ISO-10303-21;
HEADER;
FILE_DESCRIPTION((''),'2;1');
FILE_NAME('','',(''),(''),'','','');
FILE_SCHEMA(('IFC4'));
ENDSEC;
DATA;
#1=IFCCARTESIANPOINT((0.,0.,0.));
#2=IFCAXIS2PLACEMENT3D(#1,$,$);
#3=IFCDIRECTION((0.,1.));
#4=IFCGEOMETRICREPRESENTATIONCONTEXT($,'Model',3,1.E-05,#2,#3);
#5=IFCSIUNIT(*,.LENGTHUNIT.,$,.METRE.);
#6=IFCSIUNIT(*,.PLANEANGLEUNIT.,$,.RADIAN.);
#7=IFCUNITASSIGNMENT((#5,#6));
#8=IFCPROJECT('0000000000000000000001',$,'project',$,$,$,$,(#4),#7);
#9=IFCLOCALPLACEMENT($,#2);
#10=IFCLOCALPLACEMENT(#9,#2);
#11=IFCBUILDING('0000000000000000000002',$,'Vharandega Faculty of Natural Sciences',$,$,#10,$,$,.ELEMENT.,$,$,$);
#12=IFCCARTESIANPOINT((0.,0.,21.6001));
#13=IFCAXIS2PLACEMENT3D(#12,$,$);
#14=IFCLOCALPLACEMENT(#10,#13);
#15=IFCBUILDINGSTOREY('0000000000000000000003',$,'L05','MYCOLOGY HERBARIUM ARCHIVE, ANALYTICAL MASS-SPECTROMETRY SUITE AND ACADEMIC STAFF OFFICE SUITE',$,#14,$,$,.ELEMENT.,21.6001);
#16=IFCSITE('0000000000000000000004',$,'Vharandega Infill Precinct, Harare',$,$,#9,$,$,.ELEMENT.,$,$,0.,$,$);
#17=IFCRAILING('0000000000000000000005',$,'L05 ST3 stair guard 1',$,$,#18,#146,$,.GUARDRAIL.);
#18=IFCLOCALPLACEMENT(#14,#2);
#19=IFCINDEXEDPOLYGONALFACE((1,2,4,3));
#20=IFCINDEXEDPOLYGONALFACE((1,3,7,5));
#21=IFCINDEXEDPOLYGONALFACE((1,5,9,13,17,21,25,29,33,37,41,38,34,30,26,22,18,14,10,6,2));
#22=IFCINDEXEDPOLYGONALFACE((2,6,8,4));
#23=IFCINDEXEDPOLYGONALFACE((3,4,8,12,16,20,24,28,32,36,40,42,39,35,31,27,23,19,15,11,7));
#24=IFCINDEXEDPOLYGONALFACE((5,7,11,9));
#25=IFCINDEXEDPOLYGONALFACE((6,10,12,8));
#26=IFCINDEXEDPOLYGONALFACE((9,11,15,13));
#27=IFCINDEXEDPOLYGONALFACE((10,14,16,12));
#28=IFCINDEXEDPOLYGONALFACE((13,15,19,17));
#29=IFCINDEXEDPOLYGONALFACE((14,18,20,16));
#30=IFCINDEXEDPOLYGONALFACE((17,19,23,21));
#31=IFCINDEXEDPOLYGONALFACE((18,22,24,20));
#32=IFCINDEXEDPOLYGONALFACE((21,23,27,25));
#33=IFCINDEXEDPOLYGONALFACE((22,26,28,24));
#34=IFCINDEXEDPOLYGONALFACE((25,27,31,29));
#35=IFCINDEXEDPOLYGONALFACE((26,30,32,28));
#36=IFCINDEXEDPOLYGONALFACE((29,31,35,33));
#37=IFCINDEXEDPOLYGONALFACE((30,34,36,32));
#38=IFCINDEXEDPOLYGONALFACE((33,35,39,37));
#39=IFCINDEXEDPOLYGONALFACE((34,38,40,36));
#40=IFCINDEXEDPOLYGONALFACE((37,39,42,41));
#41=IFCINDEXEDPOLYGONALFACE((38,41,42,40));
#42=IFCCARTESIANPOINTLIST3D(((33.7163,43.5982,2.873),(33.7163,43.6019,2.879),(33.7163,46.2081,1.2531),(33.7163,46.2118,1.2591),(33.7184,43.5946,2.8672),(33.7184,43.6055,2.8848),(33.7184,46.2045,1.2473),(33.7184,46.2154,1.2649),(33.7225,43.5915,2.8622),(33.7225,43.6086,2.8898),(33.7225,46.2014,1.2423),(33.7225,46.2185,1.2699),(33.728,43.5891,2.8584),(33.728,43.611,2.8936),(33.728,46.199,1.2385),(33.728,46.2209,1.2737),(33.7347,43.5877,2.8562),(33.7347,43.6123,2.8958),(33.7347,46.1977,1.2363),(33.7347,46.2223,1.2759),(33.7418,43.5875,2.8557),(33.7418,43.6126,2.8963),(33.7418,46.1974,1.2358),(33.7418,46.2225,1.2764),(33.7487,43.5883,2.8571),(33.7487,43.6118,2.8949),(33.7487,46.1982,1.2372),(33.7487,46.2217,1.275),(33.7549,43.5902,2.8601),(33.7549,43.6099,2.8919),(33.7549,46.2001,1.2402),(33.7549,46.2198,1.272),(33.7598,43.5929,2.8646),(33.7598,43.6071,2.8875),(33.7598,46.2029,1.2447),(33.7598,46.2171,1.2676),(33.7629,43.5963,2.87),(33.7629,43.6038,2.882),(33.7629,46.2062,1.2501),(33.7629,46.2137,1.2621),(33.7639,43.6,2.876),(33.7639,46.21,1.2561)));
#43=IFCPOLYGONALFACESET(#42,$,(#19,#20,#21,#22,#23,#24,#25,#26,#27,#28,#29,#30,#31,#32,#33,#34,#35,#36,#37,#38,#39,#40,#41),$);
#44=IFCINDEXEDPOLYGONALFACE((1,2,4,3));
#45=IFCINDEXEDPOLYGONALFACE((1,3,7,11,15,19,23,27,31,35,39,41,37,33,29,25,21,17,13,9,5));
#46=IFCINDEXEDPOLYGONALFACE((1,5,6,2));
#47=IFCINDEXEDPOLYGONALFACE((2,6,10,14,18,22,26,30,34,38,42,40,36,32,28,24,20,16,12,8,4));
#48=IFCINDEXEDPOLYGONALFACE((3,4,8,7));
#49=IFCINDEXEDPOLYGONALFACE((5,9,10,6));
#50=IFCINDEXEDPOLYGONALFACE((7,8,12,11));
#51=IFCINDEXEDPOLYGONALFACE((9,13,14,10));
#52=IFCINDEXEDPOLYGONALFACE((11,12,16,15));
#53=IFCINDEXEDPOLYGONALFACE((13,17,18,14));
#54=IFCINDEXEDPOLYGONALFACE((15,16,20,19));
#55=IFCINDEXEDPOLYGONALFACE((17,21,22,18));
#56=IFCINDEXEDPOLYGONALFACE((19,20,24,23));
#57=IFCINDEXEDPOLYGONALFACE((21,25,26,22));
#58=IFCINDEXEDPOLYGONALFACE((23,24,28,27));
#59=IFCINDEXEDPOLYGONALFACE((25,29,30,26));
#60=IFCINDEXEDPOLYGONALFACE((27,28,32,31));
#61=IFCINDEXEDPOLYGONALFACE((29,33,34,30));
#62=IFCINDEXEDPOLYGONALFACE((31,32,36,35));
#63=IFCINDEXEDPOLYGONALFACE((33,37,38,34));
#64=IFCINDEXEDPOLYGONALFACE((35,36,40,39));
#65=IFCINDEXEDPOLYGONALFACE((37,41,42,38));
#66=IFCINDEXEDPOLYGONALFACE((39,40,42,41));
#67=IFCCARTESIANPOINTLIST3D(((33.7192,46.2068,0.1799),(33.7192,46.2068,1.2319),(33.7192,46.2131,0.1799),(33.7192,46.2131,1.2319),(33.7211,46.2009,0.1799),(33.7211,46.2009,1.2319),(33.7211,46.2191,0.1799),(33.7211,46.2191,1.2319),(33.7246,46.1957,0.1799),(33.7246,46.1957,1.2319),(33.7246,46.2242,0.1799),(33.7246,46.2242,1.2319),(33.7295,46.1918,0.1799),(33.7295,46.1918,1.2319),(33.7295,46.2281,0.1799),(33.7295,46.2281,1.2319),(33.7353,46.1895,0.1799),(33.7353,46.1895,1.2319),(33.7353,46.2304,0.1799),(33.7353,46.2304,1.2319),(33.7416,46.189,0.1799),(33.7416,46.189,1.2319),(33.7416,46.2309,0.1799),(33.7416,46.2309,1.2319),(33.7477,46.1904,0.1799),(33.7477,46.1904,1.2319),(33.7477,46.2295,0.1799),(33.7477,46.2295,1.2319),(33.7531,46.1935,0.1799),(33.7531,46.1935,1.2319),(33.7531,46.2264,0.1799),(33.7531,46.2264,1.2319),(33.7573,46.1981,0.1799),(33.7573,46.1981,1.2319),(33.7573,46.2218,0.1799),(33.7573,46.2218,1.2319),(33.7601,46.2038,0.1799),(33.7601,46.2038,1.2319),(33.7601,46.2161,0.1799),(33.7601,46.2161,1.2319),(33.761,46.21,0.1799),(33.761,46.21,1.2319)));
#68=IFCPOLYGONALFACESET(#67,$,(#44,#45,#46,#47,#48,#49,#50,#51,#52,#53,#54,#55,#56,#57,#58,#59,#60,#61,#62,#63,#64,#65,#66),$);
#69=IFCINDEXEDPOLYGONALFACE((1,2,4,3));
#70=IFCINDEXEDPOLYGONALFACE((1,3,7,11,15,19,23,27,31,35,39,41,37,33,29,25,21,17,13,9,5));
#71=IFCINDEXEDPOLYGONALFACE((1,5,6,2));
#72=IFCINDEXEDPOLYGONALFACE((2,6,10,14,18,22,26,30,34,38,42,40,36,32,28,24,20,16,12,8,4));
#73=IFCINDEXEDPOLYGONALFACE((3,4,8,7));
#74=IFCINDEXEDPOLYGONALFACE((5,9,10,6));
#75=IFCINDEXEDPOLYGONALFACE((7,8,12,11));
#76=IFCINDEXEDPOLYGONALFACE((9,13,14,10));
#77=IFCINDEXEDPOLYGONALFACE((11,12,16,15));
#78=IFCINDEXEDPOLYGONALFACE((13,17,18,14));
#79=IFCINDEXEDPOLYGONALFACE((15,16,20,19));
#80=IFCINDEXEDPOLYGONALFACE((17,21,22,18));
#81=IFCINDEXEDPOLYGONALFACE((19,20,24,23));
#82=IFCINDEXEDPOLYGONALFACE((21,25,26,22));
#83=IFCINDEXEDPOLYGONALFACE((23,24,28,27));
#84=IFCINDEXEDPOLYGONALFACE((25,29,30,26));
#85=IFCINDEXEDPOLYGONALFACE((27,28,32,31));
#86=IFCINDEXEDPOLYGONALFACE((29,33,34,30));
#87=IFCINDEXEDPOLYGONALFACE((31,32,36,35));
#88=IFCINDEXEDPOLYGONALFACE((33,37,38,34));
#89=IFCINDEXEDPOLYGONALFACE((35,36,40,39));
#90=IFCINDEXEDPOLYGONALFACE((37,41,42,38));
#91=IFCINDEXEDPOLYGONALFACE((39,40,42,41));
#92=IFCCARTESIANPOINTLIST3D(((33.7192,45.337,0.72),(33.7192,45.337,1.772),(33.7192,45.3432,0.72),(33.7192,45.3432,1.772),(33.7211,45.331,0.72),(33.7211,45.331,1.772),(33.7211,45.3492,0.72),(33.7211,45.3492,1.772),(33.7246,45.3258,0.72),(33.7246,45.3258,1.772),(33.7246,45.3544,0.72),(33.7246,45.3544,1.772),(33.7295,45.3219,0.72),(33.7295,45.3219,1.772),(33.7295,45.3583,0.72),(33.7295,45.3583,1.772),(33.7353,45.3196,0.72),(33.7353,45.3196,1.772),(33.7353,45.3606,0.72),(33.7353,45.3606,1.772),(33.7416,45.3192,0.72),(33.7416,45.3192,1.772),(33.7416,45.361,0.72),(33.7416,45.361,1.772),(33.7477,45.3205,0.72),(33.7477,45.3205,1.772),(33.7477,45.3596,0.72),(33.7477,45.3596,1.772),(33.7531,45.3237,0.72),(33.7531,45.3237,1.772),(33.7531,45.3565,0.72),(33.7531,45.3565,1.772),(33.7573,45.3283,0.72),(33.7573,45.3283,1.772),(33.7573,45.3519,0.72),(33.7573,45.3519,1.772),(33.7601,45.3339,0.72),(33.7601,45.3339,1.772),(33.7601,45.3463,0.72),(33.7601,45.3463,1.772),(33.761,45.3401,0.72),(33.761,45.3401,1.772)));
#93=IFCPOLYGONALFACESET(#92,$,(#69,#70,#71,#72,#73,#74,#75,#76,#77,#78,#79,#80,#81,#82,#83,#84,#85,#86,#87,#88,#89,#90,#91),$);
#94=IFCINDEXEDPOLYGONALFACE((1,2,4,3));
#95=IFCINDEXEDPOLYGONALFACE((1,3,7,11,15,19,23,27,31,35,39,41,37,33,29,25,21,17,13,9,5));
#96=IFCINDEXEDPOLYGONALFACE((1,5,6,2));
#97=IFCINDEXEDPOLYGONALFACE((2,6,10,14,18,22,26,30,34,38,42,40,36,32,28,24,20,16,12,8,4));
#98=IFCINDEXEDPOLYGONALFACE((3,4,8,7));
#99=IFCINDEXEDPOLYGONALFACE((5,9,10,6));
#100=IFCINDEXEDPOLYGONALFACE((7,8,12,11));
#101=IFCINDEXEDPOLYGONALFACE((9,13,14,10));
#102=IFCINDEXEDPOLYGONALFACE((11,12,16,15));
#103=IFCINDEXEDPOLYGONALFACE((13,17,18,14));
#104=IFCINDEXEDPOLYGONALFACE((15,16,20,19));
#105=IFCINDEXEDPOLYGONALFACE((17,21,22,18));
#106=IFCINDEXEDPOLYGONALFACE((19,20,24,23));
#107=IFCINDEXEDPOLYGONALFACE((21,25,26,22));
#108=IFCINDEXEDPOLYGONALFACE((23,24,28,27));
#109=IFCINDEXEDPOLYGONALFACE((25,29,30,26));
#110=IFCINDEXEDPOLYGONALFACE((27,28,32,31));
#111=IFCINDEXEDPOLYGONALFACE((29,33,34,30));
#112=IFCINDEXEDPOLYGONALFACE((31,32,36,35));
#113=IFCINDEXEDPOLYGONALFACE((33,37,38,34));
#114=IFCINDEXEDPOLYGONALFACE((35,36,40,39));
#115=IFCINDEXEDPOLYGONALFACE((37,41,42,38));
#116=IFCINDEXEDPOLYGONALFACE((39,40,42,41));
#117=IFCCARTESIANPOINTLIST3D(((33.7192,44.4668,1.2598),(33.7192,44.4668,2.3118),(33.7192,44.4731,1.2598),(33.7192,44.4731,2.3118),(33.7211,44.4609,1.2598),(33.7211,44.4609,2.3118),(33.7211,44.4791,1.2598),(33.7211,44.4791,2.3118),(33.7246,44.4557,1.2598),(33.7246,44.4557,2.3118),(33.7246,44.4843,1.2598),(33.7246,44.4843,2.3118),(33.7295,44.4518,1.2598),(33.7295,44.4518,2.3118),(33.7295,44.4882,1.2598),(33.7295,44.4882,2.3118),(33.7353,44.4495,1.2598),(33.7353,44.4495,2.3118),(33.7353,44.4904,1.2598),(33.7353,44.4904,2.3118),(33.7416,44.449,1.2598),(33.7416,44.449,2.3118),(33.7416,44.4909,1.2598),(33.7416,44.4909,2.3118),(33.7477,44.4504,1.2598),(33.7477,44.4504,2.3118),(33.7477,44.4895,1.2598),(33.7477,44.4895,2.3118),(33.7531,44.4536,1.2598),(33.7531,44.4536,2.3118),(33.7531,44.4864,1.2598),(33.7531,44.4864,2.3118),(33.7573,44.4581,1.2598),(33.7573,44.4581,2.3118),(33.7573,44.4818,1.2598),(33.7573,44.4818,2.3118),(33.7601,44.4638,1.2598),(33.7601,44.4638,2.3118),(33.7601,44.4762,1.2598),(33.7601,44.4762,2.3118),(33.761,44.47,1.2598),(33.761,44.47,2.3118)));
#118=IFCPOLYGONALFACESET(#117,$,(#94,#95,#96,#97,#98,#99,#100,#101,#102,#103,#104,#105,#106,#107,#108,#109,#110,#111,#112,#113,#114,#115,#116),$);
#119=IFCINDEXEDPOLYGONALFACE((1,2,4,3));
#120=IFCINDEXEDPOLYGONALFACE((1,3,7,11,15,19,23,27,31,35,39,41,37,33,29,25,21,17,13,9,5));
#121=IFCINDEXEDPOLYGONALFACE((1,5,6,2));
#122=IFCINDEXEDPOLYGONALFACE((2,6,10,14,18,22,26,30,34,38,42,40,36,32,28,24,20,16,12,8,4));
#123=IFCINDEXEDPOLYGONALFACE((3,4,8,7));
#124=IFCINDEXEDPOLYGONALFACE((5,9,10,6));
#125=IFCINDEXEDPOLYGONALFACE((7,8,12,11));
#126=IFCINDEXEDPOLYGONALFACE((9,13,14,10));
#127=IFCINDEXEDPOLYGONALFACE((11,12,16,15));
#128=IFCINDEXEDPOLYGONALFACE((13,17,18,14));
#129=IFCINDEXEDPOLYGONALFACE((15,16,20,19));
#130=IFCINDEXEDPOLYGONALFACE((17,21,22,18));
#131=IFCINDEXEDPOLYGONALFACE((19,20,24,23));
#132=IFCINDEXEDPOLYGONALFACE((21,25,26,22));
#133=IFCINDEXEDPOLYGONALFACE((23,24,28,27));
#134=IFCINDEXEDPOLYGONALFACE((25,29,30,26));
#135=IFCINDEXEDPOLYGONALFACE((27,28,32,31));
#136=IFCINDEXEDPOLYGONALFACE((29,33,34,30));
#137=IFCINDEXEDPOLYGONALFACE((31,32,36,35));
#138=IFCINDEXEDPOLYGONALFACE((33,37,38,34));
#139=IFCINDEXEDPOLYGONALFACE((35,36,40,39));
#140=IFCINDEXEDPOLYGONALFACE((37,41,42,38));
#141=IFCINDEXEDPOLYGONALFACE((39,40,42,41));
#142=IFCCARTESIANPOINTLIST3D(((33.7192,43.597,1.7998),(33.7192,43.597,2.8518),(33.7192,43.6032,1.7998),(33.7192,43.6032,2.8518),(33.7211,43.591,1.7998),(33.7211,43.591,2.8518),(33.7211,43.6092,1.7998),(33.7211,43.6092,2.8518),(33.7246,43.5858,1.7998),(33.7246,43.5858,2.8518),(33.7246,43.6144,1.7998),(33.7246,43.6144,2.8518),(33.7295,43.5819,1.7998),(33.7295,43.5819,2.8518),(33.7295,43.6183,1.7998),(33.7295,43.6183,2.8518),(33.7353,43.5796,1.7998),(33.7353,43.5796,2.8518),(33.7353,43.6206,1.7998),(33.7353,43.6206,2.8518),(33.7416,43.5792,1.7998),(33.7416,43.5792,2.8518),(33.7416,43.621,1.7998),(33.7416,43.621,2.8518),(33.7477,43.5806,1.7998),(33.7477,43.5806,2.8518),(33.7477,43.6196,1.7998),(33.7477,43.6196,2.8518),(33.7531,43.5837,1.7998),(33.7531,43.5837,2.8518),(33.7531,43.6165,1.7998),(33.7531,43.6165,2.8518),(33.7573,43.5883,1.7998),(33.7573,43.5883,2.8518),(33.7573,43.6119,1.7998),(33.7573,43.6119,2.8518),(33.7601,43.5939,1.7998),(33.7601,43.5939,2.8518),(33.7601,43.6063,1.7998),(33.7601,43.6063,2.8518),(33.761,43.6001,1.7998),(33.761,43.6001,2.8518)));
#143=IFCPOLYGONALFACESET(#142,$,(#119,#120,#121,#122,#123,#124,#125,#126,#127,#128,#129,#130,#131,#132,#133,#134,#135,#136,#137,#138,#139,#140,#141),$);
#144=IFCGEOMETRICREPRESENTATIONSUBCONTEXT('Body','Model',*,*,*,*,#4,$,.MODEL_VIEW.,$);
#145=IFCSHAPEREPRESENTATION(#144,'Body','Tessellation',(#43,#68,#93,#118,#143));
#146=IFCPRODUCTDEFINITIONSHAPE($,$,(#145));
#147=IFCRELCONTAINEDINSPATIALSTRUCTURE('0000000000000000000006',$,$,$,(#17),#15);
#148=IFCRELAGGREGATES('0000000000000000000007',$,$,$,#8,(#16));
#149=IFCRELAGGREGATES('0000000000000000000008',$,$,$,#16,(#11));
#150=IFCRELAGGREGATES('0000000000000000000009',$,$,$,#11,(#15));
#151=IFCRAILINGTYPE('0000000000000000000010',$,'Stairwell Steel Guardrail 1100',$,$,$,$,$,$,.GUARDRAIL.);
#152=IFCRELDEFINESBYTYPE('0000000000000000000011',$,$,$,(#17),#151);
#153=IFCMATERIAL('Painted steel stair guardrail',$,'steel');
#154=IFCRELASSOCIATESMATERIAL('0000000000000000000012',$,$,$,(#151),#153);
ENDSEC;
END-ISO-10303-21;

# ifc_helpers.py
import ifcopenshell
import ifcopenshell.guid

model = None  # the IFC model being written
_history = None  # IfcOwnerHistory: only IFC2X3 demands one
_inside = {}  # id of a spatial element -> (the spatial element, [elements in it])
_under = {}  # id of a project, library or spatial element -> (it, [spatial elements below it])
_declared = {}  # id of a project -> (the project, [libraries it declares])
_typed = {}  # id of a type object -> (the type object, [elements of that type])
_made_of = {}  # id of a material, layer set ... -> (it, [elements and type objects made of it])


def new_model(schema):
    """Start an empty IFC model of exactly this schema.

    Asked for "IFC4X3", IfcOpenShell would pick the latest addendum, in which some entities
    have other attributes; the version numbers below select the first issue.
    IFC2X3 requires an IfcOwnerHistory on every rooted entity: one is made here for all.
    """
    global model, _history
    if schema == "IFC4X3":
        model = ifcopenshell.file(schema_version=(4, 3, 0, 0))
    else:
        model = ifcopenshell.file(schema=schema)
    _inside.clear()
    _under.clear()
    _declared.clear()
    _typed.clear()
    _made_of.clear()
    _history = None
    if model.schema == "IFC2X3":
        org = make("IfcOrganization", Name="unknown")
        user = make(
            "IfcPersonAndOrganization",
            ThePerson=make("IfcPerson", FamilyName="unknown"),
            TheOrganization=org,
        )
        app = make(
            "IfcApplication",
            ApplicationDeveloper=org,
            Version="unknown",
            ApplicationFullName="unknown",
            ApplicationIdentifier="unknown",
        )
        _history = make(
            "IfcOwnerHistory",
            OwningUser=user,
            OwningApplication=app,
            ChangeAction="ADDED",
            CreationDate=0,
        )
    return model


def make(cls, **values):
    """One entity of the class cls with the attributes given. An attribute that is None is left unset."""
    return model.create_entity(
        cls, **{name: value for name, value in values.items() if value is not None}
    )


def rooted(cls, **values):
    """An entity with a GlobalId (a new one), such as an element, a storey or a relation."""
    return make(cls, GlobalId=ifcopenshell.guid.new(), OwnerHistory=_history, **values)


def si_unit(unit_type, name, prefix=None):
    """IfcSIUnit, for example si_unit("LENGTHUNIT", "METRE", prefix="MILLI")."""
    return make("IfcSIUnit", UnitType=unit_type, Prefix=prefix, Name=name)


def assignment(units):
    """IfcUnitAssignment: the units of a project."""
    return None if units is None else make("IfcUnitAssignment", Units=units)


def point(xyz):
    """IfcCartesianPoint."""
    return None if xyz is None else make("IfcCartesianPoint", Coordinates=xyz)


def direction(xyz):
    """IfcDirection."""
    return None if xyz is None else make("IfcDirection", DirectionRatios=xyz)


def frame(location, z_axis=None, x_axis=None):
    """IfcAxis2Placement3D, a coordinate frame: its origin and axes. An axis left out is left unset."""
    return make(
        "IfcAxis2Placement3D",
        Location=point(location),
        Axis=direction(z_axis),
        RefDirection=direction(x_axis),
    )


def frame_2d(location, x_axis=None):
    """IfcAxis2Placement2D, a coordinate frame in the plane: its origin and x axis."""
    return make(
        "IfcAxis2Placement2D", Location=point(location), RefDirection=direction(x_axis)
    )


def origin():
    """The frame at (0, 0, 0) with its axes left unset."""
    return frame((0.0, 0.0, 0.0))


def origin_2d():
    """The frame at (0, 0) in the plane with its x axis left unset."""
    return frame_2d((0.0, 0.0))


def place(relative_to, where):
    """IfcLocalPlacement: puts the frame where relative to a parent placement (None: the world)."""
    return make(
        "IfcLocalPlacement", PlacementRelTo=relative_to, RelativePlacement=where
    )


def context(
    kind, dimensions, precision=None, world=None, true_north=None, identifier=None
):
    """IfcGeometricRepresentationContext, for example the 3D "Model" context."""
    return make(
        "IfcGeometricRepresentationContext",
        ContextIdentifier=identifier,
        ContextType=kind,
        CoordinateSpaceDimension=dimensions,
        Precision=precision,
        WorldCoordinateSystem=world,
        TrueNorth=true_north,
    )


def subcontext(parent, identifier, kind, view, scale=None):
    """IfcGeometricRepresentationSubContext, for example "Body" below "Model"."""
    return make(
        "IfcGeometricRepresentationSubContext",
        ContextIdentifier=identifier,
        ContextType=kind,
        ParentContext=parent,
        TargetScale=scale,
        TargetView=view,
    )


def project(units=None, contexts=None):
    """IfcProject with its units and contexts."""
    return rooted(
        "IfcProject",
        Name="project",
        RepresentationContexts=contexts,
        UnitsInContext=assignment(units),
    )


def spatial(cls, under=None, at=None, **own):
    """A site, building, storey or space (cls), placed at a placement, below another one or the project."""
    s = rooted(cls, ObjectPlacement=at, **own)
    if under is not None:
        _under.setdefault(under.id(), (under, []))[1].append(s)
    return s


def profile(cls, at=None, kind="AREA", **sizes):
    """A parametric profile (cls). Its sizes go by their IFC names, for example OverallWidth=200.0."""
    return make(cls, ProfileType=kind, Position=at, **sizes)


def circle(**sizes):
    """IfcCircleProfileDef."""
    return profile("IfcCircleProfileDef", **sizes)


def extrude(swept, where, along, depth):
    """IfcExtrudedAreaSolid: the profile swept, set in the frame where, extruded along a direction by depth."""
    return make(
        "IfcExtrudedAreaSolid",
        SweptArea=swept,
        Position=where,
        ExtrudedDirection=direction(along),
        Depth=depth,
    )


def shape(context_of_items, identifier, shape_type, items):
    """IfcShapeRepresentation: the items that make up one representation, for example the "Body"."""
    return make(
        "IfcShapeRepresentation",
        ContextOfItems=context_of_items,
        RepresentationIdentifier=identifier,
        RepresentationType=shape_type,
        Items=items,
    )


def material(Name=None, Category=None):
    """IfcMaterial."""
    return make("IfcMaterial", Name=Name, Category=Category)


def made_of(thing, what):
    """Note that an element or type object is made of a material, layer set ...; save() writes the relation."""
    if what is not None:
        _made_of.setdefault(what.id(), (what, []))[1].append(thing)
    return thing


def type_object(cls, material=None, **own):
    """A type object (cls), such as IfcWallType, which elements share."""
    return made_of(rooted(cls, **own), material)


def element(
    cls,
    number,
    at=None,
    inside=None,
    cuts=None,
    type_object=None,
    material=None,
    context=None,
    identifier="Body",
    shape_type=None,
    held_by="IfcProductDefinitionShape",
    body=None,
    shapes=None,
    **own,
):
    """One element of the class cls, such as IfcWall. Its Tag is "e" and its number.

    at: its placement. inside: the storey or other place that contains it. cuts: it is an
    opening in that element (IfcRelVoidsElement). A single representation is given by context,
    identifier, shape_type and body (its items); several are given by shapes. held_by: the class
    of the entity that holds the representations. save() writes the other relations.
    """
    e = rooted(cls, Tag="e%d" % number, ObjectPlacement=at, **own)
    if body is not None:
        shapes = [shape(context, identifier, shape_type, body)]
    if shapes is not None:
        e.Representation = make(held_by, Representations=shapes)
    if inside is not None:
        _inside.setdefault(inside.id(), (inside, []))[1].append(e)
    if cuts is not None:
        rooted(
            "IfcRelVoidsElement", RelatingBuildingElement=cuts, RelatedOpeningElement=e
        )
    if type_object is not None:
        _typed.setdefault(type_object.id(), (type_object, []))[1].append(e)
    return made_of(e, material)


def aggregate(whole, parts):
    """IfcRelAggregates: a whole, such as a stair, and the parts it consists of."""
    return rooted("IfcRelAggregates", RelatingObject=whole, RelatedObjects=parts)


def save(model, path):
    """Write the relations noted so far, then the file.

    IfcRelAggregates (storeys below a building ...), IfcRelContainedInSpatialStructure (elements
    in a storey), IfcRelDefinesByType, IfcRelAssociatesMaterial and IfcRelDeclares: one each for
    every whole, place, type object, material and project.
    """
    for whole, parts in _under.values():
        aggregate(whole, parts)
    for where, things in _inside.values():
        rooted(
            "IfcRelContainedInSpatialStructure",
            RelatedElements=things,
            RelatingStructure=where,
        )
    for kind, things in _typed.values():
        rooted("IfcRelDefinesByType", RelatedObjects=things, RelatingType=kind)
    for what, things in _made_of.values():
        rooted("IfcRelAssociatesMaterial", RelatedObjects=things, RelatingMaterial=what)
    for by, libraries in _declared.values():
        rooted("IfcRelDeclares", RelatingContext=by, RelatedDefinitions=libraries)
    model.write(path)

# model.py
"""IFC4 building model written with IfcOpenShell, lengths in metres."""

from ifc_helpers import new_model, si_unit, direction, frame, origin, origin_2d, place, context, subcontext, project, spatial, circle, extrude, material, type_object, element, save


model = new_model("IFC4")

# Units and contexts
model_context = context("Model", 3, precision=1e-05, world=origin(), true_north=direction((0.0, 1.0)))
body_context = subcontext(model_context, "Body", "Model", "MODEL_VIEW")
ifc_project = project(units=[si_unit("LENGTHUNIT", "METRE"), si_unit("PLANEANGLEUNIT", "RADIAN")], contexts=[model_context])

# Site, building, storey
site_placement = place(None, origin())
site = spatial("IfcSite", under=ifc_project, at=site_placement, Name="Vharandega Infill Precinct, Harare", CompositionType="ELEMENT", RefElevation=0.0)
building_placement = place(site_placement, origin())
building = spatial("IfcBuilding", under=site, at=building_placement, Name="Vharandega Faculty of Natural Sciences", CompositionType="ELEMENT")
storey_placement = place(building_placement, frame((0.0, 0.0, 21.6001)))
storey = spatial("IfcBuildingStorey", under=building, at=storey_placement, Name="L05", Description="MYCOLOGY HERBARIUM ARCHIVE, ANALYTICAL MASS-SPECTROMETRY SUITE AND ACADEMIC STAFF OFFICE SUITE", CompositionType="ELEMENT", Elevation=21.6001)

# Railing
ifc_material_1 = material(Name="Painted steel stair guardrail", Category="steel")
railing_type_1 = type_object("IfcRailingType", Name="Stairwell Steel Guardrail 1100", PredefinedType="GUARDRAIL", material=ifc_material_1)
railing_1_placement = place(storey_placement, frame((33.74, 46.21, 0.1799)))
element("IfcRailing", 1, at=railing_1_placement, inside=storey, type_object=railing_type_1, Name="L05 ST3 stair guard 1", PredefinedType="GUARDRAIL", context=body_context, shape_type="SweptSolid", body=[
    extrude(circle(Radius=0.0239, at=origin_2d()), frame((0.0, 0.0, 1.0762), z_axis=(0.0, -0.849646, 0.527353), x_axis=(1.0, 0.0, 0.0)), (0.0, 0.0, 1.0), 3.0718),
    extrude(circle(Radius=0.021, at=origin_2d()), origin(), (0.0, 0.0, 1.0), 1.052),
    extrude(circle(Radius=0.021, at=origin_2d()), frame((0.0, -0.8699, 0.54)), (0.0, 0.0, 1.0), 1.052),
    extrude(circle(Radius=0.021, at=origin_2d()), frame((0.0, -1.74, 1.0798)), (0.0, 0.0, 1.0), 1.052),
    extrude(circle(Radius=0.021, at=origin_2d()), frame((0.0, -2.6099, 1.6199)), (0.0, 0.0, 1.0), 1.052),
])

save(model, "model.ifc")
